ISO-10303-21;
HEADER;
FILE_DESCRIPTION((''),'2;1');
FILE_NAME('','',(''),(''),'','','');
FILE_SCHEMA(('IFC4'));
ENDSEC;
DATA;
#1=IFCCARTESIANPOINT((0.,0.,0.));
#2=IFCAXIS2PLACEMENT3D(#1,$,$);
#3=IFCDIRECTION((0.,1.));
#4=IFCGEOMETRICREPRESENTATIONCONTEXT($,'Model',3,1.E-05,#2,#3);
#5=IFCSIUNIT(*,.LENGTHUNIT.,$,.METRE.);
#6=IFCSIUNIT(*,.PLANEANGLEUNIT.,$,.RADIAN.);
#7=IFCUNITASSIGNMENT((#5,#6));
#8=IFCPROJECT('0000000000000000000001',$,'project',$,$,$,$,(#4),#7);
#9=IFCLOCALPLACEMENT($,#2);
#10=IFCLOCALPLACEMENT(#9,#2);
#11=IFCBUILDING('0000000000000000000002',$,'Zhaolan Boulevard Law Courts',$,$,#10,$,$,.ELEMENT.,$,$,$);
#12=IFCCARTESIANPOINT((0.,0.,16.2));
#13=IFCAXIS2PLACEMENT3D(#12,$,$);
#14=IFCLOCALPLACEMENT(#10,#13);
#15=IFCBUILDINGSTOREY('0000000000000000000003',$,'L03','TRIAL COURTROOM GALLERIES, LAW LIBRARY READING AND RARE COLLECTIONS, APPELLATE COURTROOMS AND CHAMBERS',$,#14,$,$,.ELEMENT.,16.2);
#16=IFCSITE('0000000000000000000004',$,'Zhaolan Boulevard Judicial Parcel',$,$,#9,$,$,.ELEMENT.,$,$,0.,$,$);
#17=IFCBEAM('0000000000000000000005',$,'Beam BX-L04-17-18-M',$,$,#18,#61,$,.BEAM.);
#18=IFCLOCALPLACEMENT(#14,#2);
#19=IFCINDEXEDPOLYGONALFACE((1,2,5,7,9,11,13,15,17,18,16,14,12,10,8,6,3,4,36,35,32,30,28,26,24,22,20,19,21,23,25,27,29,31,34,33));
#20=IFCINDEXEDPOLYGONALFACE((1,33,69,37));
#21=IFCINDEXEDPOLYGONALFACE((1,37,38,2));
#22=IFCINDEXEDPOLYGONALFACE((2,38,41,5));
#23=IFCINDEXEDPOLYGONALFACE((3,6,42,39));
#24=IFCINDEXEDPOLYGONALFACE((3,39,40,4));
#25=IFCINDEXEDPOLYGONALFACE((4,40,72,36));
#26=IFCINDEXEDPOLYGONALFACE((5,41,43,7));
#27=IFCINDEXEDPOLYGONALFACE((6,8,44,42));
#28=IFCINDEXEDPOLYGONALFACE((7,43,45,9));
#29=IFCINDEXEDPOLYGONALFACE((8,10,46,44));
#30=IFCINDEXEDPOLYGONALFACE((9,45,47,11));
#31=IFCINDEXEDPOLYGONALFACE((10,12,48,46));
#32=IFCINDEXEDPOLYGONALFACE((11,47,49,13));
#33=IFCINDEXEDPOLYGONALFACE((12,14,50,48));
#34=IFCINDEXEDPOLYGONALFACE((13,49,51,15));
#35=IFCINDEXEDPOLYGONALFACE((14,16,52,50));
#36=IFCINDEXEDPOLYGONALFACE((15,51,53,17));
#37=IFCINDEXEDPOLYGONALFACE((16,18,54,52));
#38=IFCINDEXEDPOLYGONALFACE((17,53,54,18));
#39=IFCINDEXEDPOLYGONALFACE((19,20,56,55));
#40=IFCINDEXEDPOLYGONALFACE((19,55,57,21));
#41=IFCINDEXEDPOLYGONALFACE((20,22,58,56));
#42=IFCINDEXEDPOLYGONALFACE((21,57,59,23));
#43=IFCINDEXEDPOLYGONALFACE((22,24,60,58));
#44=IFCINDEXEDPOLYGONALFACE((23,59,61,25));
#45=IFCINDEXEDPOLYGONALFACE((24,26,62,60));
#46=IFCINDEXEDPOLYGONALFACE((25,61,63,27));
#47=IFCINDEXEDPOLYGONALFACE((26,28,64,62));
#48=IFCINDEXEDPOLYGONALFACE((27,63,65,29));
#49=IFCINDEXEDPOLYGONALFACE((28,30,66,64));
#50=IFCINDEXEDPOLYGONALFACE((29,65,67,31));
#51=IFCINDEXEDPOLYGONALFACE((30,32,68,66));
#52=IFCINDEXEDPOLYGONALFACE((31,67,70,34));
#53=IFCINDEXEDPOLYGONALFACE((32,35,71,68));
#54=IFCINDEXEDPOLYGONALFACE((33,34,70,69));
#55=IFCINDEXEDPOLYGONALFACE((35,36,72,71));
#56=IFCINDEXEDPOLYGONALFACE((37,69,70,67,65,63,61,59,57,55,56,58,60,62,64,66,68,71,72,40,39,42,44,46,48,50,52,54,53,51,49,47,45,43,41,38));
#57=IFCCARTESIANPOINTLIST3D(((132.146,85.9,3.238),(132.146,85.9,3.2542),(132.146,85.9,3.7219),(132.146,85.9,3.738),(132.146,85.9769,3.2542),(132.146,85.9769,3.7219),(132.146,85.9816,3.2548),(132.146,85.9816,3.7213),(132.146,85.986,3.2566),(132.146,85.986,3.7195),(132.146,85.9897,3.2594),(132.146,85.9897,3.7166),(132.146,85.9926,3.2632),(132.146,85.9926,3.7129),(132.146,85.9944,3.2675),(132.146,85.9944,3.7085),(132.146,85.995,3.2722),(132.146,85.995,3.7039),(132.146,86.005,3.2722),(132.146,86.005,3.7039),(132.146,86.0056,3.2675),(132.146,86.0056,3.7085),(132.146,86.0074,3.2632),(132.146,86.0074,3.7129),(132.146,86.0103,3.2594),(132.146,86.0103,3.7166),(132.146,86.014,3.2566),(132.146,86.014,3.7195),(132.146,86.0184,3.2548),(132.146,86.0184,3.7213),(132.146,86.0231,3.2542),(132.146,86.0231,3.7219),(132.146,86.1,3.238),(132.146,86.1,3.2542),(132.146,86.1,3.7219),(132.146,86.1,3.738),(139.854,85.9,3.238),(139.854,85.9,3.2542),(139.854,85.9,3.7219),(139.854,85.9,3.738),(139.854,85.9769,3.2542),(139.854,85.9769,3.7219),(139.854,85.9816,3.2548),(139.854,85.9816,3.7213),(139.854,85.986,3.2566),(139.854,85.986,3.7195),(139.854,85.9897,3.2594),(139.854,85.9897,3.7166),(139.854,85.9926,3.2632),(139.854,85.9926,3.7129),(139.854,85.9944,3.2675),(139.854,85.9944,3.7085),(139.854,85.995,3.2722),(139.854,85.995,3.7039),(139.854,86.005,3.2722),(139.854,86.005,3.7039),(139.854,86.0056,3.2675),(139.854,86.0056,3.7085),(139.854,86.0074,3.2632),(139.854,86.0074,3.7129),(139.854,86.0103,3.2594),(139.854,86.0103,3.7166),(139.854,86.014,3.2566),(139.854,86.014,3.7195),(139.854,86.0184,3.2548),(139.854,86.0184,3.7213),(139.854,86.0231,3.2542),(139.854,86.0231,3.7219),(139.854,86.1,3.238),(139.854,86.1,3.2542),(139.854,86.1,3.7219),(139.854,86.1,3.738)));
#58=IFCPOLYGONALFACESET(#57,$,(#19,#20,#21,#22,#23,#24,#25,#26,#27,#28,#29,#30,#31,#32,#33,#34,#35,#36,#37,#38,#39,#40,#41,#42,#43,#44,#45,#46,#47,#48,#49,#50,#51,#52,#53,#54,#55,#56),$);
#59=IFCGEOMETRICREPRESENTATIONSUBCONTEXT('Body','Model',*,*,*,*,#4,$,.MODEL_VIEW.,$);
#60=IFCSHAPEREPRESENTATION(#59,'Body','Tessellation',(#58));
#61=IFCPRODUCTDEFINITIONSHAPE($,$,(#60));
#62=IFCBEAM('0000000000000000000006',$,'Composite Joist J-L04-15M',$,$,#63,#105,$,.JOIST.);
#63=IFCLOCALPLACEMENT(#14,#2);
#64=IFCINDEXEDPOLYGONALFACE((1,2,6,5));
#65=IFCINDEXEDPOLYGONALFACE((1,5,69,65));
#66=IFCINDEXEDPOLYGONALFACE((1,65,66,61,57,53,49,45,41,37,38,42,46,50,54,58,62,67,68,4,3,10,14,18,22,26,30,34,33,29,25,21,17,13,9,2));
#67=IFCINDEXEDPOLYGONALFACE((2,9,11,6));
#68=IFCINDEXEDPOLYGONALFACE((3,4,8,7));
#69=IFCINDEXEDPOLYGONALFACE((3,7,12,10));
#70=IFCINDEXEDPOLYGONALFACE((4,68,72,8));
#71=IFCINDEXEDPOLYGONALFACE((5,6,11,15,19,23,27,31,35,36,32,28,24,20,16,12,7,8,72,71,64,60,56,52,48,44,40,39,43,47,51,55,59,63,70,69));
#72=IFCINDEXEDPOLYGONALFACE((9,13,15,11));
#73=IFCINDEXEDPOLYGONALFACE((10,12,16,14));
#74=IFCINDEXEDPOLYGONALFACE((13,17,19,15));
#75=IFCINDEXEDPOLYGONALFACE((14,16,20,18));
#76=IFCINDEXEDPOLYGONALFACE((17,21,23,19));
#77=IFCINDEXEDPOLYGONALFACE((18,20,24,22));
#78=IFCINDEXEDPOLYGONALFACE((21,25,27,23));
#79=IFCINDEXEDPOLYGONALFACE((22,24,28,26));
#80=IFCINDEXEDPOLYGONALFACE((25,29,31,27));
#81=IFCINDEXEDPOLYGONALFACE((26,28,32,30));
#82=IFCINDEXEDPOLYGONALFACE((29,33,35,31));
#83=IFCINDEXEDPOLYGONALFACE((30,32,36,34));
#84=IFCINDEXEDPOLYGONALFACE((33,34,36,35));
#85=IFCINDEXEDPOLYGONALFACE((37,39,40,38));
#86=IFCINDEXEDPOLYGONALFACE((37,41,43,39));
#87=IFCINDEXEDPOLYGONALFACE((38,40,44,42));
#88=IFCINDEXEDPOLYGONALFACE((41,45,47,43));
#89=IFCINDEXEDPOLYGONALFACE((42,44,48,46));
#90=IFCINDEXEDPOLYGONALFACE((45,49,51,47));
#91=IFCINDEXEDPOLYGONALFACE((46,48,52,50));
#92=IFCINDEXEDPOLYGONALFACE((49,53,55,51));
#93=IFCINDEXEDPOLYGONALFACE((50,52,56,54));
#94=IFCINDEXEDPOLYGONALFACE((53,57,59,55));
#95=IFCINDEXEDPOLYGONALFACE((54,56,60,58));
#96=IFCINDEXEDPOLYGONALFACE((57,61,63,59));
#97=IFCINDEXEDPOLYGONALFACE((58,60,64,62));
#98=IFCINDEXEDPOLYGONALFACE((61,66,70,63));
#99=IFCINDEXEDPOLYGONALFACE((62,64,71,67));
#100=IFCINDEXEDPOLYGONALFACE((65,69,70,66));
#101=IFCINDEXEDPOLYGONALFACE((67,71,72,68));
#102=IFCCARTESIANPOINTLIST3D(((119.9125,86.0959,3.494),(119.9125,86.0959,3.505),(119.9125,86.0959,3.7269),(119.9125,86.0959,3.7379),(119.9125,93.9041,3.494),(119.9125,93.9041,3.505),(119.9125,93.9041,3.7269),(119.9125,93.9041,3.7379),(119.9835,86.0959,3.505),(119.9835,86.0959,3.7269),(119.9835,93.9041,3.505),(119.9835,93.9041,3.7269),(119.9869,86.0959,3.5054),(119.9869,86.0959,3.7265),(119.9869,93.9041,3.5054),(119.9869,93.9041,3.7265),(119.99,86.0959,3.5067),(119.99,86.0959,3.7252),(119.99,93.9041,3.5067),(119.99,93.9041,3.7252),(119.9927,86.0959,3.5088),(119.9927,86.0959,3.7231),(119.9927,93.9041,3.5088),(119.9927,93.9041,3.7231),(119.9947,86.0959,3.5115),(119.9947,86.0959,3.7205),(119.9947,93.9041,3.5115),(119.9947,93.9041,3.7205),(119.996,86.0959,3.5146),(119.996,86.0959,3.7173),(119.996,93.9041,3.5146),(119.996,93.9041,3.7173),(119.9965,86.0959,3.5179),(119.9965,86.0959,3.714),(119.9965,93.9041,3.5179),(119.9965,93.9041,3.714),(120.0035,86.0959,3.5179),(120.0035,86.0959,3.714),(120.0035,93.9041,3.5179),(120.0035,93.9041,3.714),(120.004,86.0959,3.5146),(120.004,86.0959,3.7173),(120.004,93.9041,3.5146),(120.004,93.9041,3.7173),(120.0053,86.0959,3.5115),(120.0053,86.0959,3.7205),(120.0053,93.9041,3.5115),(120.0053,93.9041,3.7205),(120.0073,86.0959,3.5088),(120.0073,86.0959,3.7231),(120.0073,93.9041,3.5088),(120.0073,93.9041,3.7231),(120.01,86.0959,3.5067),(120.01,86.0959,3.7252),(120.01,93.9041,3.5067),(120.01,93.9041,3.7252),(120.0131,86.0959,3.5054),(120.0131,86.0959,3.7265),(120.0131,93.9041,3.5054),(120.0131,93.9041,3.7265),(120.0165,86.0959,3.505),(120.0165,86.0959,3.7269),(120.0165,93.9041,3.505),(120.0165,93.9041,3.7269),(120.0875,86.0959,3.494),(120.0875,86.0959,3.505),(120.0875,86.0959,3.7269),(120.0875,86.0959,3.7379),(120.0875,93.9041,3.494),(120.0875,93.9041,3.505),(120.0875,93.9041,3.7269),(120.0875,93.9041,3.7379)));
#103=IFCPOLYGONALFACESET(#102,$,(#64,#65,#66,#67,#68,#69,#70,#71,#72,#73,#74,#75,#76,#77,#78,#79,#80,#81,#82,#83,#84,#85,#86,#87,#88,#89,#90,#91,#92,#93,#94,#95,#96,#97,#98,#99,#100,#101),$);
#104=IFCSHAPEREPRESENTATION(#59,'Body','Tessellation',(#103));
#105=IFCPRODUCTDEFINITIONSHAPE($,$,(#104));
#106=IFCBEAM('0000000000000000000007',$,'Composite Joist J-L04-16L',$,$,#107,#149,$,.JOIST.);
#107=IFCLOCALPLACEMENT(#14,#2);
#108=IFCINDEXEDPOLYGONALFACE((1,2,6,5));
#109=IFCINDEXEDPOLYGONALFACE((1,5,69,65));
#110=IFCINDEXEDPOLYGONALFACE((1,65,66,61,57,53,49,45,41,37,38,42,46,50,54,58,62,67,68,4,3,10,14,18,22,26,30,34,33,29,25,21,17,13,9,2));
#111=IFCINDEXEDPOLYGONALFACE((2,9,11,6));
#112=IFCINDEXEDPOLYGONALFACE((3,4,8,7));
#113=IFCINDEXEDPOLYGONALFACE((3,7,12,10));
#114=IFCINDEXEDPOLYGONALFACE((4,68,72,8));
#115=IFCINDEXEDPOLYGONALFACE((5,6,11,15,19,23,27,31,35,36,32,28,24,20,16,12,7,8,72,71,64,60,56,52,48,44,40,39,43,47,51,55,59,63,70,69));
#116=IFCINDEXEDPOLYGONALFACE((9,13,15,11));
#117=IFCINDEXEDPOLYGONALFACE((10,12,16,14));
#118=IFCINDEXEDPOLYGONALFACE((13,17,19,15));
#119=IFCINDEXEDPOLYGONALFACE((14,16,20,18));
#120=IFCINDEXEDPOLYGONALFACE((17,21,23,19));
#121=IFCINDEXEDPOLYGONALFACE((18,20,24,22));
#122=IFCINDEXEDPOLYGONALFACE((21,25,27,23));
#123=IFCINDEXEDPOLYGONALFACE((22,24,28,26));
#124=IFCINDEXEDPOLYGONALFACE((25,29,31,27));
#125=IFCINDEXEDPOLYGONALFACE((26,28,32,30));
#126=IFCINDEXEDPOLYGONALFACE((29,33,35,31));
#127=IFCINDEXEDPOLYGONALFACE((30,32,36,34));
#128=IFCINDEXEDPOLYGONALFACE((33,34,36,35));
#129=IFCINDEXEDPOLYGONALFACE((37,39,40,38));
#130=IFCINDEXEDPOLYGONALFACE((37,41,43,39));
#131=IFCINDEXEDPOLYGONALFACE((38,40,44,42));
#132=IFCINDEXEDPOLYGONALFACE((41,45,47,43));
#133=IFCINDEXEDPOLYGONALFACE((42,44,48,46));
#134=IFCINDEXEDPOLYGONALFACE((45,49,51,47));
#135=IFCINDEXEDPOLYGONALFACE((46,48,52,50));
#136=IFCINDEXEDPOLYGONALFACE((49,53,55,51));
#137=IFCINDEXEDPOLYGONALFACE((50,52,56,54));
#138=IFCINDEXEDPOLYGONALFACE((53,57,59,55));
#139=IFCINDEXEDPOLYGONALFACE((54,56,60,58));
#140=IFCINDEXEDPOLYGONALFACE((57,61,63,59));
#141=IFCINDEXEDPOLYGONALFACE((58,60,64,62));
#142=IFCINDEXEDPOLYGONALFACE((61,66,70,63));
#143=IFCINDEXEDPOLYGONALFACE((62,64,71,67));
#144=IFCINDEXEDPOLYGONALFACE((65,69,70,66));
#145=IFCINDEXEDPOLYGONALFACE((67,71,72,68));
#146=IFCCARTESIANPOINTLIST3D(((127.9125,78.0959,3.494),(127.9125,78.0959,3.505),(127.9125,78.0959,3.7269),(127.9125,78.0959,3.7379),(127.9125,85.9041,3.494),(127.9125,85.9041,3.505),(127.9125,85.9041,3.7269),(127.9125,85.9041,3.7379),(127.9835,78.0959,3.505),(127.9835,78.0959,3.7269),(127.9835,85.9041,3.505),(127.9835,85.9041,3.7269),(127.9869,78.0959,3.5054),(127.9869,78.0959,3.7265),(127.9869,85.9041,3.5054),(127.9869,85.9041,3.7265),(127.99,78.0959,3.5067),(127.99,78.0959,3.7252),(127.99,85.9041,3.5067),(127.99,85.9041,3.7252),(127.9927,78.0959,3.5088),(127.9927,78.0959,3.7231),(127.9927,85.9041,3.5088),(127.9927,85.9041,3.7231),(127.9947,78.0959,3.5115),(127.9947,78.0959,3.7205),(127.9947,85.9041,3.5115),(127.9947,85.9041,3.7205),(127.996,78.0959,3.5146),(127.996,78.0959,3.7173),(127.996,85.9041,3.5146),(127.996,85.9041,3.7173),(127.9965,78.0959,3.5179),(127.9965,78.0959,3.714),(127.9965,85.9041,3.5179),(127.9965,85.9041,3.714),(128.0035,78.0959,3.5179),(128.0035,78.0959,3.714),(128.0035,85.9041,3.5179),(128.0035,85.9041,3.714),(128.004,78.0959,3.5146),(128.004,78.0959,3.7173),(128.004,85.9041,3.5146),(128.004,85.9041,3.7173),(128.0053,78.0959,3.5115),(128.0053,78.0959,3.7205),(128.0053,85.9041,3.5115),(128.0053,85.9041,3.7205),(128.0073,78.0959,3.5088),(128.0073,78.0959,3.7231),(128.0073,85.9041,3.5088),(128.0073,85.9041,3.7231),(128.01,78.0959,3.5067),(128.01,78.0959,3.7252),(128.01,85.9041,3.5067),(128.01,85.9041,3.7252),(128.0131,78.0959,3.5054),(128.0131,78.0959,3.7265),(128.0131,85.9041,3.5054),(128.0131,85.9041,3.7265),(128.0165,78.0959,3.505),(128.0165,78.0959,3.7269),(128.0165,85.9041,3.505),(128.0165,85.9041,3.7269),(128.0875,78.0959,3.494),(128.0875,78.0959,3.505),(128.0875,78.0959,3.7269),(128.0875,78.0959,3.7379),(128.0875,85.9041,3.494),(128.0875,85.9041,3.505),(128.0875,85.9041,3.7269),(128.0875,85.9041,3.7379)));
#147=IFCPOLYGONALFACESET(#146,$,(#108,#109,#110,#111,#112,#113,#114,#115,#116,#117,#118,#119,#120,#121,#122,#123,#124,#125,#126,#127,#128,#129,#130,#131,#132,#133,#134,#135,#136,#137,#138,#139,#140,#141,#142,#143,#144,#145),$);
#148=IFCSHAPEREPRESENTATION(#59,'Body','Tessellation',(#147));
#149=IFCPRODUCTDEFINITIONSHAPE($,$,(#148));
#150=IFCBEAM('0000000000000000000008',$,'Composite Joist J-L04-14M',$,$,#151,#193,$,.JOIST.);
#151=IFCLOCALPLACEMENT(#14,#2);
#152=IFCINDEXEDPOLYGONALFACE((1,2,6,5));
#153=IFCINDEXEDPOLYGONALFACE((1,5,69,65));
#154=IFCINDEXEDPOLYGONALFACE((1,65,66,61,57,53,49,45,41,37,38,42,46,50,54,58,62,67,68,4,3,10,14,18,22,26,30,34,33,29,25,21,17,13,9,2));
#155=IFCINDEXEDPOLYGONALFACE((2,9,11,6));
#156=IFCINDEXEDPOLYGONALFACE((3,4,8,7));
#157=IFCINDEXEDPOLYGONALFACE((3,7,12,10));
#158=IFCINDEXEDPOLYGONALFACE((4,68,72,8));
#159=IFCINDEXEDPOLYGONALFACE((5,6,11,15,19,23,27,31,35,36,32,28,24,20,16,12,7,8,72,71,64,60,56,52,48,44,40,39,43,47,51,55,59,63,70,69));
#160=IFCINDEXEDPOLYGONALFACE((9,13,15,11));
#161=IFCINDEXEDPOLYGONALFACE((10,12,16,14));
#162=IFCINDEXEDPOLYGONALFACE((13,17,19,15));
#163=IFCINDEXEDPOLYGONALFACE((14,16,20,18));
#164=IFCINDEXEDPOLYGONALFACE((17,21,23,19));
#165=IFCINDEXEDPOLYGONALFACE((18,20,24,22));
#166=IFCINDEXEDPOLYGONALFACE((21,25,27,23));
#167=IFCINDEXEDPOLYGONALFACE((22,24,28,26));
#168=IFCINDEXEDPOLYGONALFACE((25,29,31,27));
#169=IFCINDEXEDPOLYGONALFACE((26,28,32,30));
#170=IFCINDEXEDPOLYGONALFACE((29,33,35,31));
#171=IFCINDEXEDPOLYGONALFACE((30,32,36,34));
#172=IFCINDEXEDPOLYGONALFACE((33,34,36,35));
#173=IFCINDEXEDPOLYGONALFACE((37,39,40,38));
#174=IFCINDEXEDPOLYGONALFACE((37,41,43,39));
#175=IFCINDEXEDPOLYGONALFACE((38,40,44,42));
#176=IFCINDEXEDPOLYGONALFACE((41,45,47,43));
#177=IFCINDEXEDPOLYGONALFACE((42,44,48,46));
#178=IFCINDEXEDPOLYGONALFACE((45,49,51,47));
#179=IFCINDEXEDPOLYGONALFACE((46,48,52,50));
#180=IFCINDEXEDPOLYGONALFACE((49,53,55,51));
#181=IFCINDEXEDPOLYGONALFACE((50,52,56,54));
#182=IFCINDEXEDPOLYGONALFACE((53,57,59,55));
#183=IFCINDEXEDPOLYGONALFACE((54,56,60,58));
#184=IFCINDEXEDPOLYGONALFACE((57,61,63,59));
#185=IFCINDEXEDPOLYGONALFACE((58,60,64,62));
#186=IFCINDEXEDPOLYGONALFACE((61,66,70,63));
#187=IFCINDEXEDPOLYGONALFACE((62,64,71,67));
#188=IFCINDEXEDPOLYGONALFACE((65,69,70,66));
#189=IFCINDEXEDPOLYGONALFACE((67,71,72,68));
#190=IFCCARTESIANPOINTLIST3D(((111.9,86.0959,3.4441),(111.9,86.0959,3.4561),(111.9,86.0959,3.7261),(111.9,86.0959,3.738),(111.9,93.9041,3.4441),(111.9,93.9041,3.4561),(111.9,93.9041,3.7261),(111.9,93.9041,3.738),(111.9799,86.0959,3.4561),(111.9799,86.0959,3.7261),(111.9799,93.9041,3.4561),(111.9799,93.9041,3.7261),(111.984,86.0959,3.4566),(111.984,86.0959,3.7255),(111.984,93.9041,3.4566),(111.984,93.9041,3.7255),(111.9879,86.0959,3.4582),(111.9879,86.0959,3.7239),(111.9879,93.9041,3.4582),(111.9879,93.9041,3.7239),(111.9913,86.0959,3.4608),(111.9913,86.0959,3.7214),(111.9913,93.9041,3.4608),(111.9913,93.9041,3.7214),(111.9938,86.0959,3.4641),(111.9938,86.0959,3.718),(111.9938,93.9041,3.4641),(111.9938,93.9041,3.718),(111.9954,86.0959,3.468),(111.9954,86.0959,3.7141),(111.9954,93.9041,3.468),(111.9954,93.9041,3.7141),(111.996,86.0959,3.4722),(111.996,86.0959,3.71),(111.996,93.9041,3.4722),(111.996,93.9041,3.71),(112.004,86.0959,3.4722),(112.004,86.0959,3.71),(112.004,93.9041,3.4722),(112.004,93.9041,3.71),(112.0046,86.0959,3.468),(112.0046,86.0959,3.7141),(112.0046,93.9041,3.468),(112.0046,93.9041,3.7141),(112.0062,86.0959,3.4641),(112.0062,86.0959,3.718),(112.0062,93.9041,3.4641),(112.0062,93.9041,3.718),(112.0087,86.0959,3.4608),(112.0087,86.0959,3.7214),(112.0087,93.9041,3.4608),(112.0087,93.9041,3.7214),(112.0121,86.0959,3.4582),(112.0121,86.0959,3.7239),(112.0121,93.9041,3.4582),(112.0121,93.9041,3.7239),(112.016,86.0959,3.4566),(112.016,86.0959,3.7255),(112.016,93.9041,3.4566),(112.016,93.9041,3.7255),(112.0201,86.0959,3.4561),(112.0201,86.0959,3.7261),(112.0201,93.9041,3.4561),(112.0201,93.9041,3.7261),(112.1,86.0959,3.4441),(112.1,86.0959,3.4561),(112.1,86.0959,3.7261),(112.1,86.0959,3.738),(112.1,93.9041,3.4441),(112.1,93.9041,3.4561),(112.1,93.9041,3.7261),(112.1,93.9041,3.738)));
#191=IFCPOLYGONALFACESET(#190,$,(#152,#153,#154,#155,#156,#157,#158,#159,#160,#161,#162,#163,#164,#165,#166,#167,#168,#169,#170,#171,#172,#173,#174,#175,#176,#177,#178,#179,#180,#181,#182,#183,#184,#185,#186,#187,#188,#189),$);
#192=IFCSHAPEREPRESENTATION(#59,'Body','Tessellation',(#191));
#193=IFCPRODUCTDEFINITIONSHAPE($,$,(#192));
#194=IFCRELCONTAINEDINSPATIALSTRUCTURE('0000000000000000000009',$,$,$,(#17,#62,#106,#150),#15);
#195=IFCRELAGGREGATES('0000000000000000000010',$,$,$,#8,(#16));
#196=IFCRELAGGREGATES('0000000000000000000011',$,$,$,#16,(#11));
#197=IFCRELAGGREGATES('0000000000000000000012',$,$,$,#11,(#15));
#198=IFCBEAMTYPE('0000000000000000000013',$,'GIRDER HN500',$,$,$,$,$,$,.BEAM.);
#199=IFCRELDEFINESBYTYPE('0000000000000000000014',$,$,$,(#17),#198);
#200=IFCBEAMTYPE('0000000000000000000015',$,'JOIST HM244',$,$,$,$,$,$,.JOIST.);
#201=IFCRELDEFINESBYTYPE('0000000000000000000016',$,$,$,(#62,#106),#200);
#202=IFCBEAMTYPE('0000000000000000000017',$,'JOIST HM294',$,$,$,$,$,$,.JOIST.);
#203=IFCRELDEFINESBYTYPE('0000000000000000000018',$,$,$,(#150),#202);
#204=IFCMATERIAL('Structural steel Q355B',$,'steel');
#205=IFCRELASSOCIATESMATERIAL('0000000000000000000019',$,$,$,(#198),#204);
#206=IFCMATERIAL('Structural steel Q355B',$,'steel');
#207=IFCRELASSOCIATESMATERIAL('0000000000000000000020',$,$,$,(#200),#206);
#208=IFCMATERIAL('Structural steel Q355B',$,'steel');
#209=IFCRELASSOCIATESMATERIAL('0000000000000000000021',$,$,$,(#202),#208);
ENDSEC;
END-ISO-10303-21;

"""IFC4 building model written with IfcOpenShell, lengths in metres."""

from ifc_helpers import new_model, si_unit, direction, frame, origin, origin_2d, place, context, subcontext, project, spatial, i_section, extrude, material, material_profile, profile_set, type_object, element, save


model = new_model("IFC4")

# Units and contexts
model_context = context("Model", 3, precision=1e-05, world=origin(), true_north=direction((0.0, 1.0)))
body_context = subcontext(model_context, "Body", "Model", "MODEL_VIEW")
ifc_project = project(units=[si_unit("LENGTHUNIT", "METRE"), si_unit("PLANEANGLEUNIT", "RADIAN")], contexts=[model_context])

# Site, building, storey
site_placement = place(None, origin())
site = spatial("IfcSite", under=ifc_project, at=site_placement, Name="Zhaolan Boulevard Judicial Parcel", CompositionType="ELEMENT", RefElevation=0.0)
building_placement = place(site_placement, origin())
building = spatial("IfcBuilding", under=site, at=building_placement, Name="Zhaolan Boulevard Law Courts", CompositionType="ELEMENT")
storey_placement = place(building_placement, frame((0.0, 0.0, 16.2)))
storey = spatial("IfcBuildingStorey", under=building, at=storey_placement, Name="L03", Description="TRIAL COURTROOM GALLERIES, LAW LIBRARY READING AND RARE COLLECTIONS, APPELLATE COURTROOMS AND CHAMBERS", CompositionType="ELEMENT", Elevation=16.2)

# Beams
ifc_material_1 = material(Name="Structural steel Q355B", Category="steel")
ifc_material_profile_1 = material_profile(ifc_material_1, i_section(OverallWidth=0.2, OverallDepth=0.5, WebThickness=0.01, FlangeThickness=0.0161, FilletRadius=0.0181, at=origin_2d()), Name="HN500x200")
ifc_profile_set_1 = profile_set([ifc_material_profile_1], Name="Structural steel Q355B")
beam_type_1 = type_object("IfcBeamType", Name="GIRDER HN500", PredefinedType="BEAM", material=ifc_profile_set_1)
for number, where, z_axis, x_axis, name in (
    (1, (132.146, 86.0, 3.488), (1.0, 0.0, 0.0), (0.0, 1.0, 0.0), "Beam BX-L04-17-18-M"),
):
    element("IfcBeam", number, at=place(storey_placement, frame(where, z_axis=z_axis, x_axis=x_axis)), inside=storey, type_object=beam_type_1, Name=name, PredefinedType="BEAM", context=body_context, shape_type="SweptSolid", body=[
        extrude(i_section(OverallWidth=0.2, OverallDepth=0.5, WebThickness=0.01, FlangeThickness=0.0161, FilletRadius=0.0181, at=origin_2d()), origin(), (0.0, 0.0, 1.0), 7.708),
    ])
ifc_material_2 = material(Name="Structural steel Q355B", Category="steel")
ifc_material_profile_2 = material_profile(ifc_material_2, i_section(OverallWidth=0.175, OverallDepth=0.2439, WebThickness=0.0071, FlangeThickness=0.011, FilletRadius=0.0129, at=origin_2d()), Name="HM244x175")
ifc_profile_set_2 = profile_set([ifc_material_profile_2], Name="Structural steel Q355B")
beam_type_2 = type_object("IfcBeamType", Name="JOIST HM244", PredefinedType="JOIST", material=ifc_profile_set_2)
for number, where, z_axis, x_axis, name in (
    (2, (120.0, 86.0959, 3.616), (0.0, 1.0, 0.0), (-1.0, 0.0, 0.0), "Composite Joist J-L04-15M"),
    (3, (128.0, 78.0959, 3.616), (0.0, 1.0, 0.0), (-1.0, 0.0, 0.0), "Composite Joist J-L04-16L"),
):
    element("IfcBeam", number, at=place(storey_placement, frame(where, z_axis=z_axis, x_axis=x_axis)), inside=storey, type_object=beam_type_2, Name=name, PredefinedType="JOIST", context=body_context, shape_type="SweptSolid", body=[
        extrude(i_section(OverallWidth=0.175, OverallDepth=0.2439, WebThickness=0.0071, FlangeThickness=0.011, FilletRadius=0.0129, at=origin_2d()), origin(), (0.0, 0.0, 1.0), 7.8081),
    ])
ifc_material_3 = material(Name="Structural steel Q355B", Category="steel")
ifc_material_profile_3 = material_profile(ifc_material_3, i_section(OverallWidth=0.2, OverallDepth=0.2939, WebThickness=0.0081, FlangeThickness=0.012, FilletRadius=0.0161, at=origin_2d()), Name="HM294x200")
ifc_profile_set_3 = profile_set([ifc_material_profile_3], Name="Structural steel Q355B")
beam_type_3 = type_object("IfcBeamType", Name="JOIST HM294", PredefinedType="JOIST", material=ifc_profile_set_3)
for number, where, z_axis, x_axis, name in (
    (4, (112.0, 86.0959, 3.5911), (0.0, 1.0, 0.0), (-1.0, 0.0, 0.0), "Composite Joist J-L04-14M"),
):
    element("IfcBeam", number, at=place(storey_placement, frame(where, z_axis=z_axis, x_axis=x_axis)), inside=storey, type_object=beam_type_3, Name=name, PredefinedType="JOIST", context=body_context, shape_type="SweptSolid", body=[
        extrude(i_section(OverallWidth=0.2, OverallDepth=0.2939, WebThickness=0.0081, FlangeThickness=0.012, FilletRadius=0.0161, at=origin_2d()), origin(), (0.0, 0.0, 1.0), 7.8081),
    ])

save(model, "model.ifc")
